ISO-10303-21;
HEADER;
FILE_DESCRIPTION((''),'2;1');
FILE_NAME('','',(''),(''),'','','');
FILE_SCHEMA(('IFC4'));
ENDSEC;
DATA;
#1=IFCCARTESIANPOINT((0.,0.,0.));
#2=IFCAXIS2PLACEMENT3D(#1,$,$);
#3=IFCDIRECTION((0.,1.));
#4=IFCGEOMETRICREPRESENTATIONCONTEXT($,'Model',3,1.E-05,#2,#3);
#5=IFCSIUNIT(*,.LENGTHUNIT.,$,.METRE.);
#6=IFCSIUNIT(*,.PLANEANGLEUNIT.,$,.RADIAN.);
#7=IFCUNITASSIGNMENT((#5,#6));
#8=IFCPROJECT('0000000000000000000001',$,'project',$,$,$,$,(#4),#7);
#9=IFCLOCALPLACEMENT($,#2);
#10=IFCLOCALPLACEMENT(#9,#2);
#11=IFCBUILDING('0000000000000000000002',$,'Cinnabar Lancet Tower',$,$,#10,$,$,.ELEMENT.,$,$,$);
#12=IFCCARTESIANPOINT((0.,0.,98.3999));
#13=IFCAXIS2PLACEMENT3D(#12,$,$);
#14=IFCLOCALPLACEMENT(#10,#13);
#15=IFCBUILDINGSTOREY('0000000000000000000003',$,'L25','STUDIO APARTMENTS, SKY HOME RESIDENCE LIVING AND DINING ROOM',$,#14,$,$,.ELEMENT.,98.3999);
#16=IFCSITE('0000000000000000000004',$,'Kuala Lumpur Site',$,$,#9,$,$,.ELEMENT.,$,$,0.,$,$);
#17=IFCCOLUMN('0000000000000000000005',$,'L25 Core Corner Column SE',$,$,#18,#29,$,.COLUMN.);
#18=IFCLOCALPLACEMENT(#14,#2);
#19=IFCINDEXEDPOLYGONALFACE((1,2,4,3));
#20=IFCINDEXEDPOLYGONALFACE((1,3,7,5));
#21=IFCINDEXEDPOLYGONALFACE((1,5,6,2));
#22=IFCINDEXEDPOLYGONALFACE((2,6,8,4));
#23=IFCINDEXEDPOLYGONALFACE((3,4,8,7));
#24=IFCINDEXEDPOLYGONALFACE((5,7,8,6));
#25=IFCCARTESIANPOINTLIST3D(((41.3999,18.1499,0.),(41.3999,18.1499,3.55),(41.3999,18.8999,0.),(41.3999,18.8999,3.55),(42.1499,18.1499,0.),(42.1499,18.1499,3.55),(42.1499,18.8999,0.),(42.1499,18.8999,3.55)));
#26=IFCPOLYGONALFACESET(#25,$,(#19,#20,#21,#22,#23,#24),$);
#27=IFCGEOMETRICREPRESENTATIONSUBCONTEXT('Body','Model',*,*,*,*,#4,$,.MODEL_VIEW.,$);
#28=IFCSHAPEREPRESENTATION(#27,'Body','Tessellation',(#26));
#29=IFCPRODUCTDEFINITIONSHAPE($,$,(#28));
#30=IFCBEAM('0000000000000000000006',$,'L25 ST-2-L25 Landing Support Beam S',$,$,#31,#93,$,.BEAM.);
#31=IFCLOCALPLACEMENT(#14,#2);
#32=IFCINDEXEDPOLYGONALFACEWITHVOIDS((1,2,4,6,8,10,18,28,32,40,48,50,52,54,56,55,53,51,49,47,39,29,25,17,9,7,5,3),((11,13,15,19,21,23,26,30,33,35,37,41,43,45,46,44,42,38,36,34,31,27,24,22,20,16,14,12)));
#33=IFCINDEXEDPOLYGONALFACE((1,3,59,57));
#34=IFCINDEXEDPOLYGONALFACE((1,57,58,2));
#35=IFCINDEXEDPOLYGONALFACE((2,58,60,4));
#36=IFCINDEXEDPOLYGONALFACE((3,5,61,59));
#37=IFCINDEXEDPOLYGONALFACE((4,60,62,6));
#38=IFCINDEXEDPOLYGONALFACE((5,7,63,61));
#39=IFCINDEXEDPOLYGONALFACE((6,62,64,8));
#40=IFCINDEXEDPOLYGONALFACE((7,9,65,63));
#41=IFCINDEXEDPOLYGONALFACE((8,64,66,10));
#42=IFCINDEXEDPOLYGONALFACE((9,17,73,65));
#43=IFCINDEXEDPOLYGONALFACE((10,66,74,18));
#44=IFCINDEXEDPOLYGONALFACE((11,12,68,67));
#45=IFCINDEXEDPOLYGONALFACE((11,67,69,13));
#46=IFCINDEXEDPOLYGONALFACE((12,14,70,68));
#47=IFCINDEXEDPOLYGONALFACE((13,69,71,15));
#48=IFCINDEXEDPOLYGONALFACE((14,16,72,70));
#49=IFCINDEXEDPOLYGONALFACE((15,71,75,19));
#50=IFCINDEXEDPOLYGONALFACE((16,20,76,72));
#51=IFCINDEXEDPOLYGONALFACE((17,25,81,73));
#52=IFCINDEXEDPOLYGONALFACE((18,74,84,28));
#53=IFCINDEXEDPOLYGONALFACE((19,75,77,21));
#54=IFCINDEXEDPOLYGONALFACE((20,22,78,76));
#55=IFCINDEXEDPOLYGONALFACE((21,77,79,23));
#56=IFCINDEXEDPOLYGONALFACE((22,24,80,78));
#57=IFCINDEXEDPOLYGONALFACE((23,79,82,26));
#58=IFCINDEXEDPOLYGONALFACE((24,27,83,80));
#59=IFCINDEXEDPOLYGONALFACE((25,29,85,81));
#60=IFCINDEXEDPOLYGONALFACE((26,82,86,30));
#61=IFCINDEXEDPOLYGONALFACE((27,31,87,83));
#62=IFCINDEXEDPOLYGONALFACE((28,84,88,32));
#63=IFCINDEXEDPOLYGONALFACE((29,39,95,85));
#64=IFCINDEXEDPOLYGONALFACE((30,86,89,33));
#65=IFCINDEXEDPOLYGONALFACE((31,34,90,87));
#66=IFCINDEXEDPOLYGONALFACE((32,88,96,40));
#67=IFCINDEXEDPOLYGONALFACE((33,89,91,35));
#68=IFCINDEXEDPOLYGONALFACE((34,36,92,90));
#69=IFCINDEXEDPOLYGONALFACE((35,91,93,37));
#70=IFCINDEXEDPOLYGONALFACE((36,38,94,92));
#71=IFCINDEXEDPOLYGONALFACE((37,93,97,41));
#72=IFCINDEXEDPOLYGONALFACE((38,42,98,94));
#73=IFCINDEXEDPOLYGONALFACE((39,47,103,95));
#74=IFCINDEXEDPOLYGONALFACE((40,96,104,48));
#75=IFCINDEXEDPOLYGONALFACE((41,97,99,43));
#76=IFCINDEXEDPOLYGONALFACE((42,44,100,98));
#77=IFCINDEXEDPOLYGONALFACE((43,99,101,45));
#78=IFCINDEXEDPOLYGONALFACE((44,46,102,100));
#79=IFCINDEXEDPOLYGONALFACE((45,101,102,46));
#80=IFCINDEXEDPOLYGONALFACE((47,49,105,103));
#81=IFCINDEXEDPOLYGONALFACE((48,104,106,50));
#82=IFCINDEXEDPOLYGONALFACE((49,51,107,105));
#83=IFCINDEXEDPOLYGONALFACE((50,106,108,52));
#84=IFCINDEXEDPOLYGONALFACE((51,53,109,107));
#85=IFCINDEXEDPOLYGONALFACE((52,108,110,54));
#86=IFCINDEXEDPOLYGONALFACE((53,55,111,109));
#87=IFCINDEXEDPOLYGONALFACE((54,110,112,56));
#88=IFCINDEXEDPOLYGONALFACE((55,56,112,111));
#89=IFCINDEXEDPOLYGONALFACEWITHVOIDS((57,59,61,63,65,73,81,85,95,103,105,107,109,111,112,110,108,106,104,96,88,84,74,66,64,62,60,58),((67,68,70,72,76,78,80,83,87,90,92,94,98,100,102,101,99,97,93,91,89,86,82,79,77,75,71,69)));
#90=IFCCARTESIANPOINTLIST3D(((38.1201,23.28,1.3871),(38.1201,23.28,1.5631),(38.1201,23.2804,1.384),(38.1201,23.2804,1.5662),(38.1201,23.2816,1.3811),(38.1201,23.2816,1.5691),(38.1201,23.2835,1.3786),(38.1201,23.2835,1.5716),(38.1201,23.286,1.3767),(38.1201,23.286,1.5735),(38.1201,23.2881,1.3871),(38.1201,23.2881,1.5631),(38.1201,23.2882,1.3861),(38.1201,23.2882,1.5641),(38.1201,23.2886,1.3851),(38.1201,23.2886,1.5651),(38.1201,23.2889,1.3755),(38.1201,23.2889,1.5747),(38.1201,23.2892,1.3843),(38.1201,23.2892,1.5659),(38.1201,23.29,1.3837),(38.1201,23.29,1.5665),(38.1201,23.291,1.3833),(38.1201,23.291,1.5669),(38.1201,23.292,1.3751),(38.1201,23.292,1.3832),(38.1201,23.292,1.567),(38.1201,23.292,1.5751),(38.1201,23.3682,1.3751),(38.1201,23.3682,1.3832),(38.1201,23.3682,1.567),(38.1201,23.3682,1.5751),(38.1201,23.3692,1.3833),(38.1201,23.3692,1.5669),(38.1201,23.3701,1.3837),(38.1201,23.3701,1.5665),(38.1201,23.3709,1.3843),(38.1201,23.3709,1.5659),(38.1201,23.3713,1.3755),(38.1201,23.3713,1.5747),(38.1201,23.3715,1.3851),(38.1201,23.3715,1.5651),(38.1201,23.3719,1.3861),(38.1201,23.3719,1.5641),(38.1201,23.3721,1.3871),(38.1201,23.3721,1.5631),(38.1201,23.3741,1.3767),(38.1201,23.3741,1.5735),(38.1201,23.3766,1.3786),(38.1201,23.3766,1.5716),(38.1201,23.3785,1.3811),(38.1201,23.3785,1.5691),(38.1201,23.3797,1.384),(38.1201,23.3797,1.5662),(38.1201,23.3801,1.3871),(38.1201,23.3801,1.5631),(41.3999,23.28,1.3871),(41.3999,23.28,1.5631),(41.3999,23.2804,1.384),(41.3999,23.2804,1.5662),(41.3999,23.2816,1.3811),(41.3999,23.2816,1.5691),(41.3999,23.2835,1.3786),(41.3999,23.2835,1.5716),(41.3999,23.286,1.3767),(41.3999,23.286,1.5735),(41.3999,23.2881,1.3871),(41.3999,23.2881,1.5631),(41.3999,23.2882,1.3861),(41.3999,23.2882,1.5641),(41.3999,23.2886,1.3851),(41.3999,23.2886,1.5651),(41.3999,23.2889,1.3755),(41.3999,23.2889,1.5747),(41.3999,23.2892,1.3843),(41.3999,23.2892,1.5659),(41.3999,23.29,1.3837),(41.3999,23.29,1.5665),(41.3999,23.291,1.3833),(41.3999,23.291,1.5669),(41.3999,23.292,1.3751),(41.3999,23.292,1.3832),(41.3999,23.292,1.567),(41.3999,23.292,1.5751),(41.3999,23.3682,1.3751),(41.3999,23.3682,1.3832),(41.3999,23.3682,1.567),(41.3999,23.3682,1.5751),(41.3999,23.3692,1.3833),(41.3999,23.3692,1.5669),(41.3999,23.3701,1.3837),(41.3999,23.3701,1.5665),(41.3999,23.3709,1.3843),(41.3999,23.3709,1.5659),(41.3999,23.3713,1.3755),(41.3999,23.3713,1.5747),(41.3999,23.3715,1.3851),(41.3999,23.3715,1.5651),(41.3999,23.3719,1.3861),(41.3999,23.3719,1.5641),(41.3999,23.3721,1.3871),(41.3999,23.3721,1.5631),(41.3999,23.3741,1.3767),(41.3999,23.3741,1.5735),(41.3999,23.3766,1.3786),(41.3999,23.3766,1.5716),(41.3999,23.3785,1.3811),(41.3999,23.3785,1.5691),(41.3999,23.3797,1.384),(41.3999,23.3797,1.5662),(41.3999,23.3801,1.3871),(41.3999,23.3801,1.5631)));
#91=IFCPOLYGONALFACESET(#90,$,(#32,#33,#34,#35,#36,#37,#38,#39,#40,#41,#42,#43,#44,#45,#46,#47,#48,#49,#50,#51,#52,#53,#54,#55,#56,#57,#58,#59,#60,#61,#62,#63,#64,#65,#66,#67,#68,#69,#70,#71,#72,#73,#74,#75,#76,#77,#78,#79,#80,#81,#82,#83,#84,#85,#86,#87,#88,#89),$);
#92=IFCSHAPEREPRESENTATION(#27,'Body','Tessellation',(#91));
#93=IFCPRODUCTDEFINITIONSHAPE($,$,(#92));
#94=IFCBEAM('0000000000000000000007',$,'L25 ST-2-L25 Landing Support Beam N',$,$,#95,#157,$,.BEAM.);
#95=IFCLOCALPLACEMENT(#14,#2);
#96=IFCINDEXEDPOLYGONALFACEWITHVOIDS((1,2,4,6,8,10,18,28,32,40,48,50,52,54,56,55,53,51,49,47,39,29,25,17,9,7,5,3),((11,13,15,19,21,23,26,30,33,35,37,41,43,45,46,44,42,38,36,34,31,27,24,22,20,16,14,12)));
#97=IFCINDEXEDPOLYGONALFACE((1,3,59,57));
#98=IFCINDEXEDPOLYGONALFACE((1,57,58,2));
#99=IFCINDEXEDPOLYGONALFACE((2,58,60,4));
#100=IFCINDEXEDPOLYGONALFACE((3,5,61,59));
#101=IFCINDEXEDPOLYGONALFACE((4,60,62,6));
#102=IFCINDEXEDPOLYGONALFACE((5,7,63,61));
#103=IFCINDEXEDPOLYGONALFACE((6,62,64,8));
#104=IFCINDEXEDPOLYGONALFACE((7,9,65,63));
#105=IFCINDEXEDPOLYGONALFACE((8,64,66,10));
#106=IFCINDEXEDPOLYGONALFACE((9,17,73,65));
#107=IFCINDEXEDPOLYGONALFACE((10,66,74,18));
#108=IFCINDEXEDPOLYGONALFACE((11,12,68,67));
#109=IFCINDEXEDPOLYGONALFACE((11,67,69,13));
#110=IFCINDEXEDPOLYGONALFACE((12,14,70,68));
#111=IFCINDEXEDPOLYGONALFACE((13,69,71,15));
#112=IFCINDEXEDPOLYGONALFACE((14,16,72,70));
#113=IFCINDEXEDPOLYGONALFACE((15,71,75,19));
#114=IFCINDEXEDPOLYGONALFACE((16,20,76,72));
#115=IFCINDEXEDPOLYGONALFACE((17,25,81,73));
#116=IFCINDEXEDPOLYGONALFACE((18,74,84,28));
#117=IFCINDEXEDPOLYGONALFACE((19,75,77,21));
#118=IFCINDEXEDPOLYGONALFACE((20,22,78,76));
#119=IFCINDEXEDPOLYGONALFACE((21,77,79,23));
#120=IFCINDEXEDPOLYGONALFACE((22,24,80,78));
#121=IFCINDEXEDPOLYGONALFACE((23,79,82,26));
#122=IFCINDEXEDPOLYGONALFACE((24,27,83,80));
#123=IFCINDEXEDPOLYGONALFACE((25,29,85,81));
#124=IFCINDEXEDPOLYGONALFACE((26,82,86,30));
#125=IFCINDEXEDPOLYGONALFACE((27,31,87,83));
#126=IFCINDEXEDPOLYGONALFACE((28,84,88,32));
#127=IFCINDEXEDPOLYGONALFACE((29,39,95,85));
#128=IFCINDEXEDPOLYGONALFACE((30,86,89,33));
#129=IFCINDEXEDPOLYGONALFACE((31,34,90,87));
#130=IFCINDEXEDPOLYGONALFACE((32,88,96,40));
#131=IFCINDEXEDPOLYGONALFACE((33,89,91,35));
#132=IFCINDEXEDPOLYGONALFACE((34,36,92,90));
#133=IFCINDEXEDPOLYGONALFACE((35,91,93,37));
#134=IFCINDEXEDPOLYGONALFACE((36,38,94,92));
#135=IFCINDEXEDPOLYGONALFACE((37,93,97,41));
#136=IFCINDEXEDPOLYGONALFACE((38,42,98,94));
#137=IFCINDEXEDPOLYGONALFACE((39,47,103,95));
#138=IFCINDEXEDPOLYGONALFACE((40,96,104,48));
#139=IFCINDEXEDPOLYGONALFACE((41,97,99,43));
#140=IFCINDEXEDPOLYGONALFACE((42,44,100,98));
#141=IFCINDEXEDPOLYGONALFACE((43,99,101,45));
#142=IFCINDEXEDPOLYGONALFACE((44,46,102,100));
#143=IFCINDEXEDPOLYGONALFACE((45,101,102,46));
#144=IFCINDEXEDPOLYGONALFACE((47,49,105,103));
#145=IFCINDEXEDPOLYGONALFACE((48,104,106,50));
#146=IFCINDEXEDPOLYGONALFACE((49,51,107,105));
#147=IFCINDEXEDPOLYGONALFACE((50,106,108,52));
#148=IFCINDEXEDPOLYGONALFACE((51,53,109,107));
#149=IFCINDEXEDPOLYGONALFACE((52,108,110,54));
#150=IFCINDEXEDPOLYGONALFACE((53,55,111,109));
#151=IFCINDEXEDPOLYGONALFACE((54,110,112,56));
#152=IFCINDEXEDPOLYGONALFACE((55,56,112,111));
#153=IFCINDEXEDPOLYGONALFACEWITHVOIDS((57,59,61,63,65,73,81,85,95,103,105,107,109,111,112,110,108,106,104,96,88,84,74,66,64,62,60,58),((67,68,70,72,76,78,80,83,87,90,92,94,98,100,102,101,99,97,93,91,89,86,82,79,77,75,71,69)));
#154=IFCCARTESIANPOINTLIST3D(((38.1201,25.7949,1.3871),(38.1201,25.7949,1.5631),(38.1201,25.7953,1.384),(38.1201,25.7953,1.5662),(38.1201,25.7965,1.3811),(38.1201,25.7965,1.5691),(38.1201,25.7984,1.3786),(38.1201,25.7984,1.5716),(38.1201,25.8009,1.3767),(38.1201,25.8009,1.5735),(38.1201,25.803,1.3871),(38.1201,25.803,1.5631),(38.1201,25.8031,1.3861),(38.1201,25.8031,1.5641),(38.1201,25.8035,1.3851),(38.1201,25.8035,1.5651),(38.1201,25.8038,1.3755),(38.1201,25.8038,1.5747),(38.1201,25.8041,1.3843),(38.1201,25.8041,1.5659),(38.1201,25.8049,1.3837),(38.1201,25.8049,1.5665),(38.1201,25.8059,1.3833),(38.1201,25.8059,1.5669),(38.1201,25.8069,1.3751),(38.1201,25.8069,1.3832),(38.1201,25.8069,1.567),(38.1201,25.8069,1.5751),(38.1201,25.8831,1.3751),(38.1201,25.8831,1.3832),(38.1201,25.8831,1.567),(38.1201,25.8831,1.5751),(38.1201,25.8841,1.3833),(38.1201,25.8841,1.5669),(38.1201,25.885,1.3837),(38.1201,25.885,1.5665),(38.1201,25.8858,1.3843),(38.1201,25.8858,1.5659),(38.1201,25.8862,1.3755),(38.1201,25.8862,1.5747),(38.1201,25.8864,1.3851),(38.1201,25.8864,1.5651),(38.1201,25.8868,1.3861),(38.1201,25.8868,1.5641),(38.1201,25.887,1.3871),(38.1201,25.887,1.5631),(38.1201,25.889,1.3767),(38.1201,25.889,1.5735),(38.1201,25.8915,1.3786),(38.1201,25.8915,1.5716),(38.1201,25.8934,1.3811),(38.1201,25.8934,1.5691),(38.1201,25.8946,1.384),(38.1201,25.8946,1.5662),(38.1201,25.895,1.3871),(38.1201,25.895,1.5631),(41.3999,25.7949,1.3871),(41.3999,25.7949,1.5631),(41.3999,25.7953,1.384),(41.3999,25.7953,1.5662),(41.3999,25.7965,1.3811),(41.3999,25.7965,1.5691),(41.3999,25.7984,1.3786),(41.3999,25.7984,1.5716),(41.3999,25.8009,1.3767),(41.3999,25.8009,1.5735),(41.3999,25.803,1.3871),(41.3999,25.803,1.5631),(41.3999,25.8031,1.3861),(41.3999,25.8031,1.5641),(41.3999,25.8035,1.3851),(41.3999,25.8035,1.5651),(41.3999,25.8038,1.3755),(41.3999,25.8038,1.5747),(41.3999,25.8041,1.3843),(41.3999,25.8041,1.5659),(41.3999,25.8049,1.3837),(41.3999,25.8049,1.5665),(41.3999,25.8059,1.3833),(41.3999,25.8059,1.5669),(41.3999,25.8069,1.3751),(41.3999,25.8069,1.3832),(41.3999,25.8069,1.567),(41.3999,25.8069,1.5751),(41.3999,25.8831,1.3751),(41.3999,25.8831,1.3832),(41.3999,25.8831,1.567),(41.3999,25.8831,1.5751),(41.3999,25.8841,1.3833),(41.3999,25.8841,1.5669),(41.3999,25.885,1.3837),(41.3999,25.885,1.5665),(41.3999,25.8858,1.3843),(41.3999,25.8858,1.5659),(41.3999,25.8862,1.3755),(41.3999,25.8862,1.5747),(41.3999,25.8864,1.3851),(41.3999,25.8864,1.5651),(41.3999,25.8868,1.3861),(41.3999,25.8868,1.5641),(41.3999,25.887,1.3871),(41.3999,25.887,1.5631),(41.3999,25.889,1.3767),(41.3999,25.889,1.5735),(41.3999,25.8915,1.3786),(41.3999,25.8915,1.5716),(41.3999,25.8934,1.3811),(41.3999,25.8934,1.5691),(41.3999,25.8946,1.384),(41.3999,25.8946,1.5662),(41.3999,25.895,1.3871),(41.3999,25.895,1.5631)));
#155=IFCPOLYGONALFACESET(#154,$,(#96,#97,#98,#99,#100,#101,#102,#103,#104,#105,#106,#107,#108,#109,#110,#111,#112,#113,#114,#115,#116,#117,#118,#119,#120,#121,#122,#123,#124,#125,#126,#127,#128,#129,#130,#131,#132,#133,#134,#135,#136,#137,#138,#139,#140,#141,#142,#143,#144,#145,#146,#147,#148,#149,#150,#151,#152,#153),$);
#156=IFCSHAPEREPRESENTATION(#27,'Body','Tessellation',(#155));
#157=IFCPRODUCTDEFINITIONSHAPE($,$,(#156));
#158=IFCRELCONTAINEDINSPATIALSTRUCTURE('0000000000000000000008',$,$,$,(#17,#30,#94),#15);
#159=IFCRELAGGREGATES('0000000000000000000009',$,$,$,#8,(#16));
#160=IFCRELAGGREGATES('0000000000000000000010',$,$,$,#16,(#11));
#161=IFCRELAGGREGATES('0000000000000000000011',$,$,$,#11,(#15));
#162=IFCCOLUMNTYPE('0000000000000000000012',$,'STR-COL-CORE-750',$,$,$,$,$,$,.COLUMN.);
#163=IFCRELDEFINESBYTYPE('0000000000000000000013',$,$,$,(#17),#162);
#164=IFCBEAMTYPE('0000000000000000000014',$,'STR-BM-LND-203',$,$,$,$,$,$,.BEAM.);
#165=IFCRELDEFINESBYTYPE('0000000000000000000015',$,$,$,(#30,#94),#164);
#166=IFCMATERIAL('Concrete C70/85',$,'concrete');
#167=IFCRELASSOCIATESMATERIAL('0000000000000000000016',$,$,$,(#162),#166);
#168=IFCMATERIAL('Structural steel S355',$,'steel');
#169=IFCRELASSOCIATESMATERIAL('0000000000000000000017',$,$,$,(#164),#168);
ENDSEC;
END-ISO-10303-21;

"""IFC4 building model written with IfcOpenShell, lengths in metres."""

from ifc_helpers import new_model, si_unit, direction, frame, origin, origin_2d, place, context, subcontext, project, spatial, rectangle, hollow_rectangle, extrude, material, material_profile, profile_set, type_object, element, save


model = new_model("IFC4")

# Units and contexts
model_context = context("Model", 3, precision=1e-05, world=origin(), true_north=direction((0.0, 1.0)))
body_context = subcontext(model_context, "Body", "Model", "MODEL_VIEW")
ifc_project = project(units=[si_unit("LENGTHUNIT", "METRE"), si_unit("PLANEANGLEUNIT", "RADIAN")], contexts=[model_context])

# Site, building, storey
site_placement = place(None, origin())
site = spatial("IfcSite", under=ifc_project, at=site_placement, Name="Kuala Lumpur Site", CompositionType="ELEMENT", RefElevation=0.0)
building_placement = place(site_placement, origin())
building = spatial("IfcBuilding", under=site, at=building_placement, Name="Cinnabar Lancet Tower", CompositionType="ELEMENT")
storey_placement = place(building_placement, frame((0.0, 0.0, 98.3999)))
storey = spatial("IfcBuildingStorey", under=building, at=storey_placement, Name="L25", Description="STUDIO APARTMENTS, SKY HOME RESIDENCE LIVING AND DINING ROOM", CompositionType="ELEMENT", Elevation=98.3999)

# Column
ifc_material_1 = material(Name="Concrete C70/85", Category="concrete")
ifc_material_profile_1 = material_profile(ifc_material_1, rectangle(XDim=0.75, YDim=0.75, at=origin_2d()), Name="RC-COL 750x750")
ifc_profile_set_1 = profile_set([ifc_material_profile_1], Name="Concrete C70/85")
column_type = type_object("IfcColumnType", Name="STR-COL-CORE-750", PredefinedType="COLUMN", material=ifc_profile_set_1)
column_placement = place(storey_placement, frame((41.7749, 18.5249, 0.0), z_axis=(0.0, 0.0, 1.0), x_axis=(1.0, 0.0, 0.0)))
element("IfcColumn", 1, at=column_placement, inside=storey, type_object=column_type, Name="L25 Core Corner Column SE", PredefinedType="COLUMN", context=body_context, shape_type="SweptSolid", body=[
    extrude(rectangle(XDim=0.75, YDim=0.75, at=origin_2d()), origin(), (0.0, 0.0, 1.0), 3.55),
])

# Beams
ifc_material_2 = material(Name="Structural steel S355", Category="steel")
ifc_material_profile_2 = material_profile(ifc_material_2, hollow_rectangle(XDim=0.1001, YDim=0.2, WallThickness=0.0081, InnerFilletRadius=0.0039, OuterFilletRadius=0.012, at=origin_2d()), Name="RHS 200x100x8")
ifc_profile_set_2 = profile_set([ifc_material_profile_2], Name="Structural steel S355")
beam_type = type_object("IfcBeamType", Name="STR-BM-LND-203", PredefinedType="BEAM", material=ifc_profile_set_2)
for number, where, z_axis, x_axis, name in (
    (2, (38.1201, 23.3301, 1.4751), (1.0, 0.0, 0.0), (0.0, 1.0, 0.0), "L25 ST-2-L25 Landing Support Beam S"),
    (3, (38.1201, 25.845, 1.4751), (1.0, 0.0, 0.0), (0.0, 1.0, 0.0), "L25 ST-2-L25 Landing Support Beam N"),
):
    element("IfcBeam", number, at=place(storey_placement, frame(where, z_axis=z_axis, x_axis=x_axis)), inside=storey, type_object=beam_type, Name=name, PredefinedType="BEAM", context=body_context, shape_type="SweptSolid", body=[
        extrude(hollow_rectangle(XDim=0.1001, YDim=0.2, WallThickness=0.0081, InnerFilletRadius=0.0039, OuterFilletRadius=0.012, at=origin_2d()), origin(), (0.0, 0.0, 1.0), 3.2798),
    ])

save(model, "model.ifc")
